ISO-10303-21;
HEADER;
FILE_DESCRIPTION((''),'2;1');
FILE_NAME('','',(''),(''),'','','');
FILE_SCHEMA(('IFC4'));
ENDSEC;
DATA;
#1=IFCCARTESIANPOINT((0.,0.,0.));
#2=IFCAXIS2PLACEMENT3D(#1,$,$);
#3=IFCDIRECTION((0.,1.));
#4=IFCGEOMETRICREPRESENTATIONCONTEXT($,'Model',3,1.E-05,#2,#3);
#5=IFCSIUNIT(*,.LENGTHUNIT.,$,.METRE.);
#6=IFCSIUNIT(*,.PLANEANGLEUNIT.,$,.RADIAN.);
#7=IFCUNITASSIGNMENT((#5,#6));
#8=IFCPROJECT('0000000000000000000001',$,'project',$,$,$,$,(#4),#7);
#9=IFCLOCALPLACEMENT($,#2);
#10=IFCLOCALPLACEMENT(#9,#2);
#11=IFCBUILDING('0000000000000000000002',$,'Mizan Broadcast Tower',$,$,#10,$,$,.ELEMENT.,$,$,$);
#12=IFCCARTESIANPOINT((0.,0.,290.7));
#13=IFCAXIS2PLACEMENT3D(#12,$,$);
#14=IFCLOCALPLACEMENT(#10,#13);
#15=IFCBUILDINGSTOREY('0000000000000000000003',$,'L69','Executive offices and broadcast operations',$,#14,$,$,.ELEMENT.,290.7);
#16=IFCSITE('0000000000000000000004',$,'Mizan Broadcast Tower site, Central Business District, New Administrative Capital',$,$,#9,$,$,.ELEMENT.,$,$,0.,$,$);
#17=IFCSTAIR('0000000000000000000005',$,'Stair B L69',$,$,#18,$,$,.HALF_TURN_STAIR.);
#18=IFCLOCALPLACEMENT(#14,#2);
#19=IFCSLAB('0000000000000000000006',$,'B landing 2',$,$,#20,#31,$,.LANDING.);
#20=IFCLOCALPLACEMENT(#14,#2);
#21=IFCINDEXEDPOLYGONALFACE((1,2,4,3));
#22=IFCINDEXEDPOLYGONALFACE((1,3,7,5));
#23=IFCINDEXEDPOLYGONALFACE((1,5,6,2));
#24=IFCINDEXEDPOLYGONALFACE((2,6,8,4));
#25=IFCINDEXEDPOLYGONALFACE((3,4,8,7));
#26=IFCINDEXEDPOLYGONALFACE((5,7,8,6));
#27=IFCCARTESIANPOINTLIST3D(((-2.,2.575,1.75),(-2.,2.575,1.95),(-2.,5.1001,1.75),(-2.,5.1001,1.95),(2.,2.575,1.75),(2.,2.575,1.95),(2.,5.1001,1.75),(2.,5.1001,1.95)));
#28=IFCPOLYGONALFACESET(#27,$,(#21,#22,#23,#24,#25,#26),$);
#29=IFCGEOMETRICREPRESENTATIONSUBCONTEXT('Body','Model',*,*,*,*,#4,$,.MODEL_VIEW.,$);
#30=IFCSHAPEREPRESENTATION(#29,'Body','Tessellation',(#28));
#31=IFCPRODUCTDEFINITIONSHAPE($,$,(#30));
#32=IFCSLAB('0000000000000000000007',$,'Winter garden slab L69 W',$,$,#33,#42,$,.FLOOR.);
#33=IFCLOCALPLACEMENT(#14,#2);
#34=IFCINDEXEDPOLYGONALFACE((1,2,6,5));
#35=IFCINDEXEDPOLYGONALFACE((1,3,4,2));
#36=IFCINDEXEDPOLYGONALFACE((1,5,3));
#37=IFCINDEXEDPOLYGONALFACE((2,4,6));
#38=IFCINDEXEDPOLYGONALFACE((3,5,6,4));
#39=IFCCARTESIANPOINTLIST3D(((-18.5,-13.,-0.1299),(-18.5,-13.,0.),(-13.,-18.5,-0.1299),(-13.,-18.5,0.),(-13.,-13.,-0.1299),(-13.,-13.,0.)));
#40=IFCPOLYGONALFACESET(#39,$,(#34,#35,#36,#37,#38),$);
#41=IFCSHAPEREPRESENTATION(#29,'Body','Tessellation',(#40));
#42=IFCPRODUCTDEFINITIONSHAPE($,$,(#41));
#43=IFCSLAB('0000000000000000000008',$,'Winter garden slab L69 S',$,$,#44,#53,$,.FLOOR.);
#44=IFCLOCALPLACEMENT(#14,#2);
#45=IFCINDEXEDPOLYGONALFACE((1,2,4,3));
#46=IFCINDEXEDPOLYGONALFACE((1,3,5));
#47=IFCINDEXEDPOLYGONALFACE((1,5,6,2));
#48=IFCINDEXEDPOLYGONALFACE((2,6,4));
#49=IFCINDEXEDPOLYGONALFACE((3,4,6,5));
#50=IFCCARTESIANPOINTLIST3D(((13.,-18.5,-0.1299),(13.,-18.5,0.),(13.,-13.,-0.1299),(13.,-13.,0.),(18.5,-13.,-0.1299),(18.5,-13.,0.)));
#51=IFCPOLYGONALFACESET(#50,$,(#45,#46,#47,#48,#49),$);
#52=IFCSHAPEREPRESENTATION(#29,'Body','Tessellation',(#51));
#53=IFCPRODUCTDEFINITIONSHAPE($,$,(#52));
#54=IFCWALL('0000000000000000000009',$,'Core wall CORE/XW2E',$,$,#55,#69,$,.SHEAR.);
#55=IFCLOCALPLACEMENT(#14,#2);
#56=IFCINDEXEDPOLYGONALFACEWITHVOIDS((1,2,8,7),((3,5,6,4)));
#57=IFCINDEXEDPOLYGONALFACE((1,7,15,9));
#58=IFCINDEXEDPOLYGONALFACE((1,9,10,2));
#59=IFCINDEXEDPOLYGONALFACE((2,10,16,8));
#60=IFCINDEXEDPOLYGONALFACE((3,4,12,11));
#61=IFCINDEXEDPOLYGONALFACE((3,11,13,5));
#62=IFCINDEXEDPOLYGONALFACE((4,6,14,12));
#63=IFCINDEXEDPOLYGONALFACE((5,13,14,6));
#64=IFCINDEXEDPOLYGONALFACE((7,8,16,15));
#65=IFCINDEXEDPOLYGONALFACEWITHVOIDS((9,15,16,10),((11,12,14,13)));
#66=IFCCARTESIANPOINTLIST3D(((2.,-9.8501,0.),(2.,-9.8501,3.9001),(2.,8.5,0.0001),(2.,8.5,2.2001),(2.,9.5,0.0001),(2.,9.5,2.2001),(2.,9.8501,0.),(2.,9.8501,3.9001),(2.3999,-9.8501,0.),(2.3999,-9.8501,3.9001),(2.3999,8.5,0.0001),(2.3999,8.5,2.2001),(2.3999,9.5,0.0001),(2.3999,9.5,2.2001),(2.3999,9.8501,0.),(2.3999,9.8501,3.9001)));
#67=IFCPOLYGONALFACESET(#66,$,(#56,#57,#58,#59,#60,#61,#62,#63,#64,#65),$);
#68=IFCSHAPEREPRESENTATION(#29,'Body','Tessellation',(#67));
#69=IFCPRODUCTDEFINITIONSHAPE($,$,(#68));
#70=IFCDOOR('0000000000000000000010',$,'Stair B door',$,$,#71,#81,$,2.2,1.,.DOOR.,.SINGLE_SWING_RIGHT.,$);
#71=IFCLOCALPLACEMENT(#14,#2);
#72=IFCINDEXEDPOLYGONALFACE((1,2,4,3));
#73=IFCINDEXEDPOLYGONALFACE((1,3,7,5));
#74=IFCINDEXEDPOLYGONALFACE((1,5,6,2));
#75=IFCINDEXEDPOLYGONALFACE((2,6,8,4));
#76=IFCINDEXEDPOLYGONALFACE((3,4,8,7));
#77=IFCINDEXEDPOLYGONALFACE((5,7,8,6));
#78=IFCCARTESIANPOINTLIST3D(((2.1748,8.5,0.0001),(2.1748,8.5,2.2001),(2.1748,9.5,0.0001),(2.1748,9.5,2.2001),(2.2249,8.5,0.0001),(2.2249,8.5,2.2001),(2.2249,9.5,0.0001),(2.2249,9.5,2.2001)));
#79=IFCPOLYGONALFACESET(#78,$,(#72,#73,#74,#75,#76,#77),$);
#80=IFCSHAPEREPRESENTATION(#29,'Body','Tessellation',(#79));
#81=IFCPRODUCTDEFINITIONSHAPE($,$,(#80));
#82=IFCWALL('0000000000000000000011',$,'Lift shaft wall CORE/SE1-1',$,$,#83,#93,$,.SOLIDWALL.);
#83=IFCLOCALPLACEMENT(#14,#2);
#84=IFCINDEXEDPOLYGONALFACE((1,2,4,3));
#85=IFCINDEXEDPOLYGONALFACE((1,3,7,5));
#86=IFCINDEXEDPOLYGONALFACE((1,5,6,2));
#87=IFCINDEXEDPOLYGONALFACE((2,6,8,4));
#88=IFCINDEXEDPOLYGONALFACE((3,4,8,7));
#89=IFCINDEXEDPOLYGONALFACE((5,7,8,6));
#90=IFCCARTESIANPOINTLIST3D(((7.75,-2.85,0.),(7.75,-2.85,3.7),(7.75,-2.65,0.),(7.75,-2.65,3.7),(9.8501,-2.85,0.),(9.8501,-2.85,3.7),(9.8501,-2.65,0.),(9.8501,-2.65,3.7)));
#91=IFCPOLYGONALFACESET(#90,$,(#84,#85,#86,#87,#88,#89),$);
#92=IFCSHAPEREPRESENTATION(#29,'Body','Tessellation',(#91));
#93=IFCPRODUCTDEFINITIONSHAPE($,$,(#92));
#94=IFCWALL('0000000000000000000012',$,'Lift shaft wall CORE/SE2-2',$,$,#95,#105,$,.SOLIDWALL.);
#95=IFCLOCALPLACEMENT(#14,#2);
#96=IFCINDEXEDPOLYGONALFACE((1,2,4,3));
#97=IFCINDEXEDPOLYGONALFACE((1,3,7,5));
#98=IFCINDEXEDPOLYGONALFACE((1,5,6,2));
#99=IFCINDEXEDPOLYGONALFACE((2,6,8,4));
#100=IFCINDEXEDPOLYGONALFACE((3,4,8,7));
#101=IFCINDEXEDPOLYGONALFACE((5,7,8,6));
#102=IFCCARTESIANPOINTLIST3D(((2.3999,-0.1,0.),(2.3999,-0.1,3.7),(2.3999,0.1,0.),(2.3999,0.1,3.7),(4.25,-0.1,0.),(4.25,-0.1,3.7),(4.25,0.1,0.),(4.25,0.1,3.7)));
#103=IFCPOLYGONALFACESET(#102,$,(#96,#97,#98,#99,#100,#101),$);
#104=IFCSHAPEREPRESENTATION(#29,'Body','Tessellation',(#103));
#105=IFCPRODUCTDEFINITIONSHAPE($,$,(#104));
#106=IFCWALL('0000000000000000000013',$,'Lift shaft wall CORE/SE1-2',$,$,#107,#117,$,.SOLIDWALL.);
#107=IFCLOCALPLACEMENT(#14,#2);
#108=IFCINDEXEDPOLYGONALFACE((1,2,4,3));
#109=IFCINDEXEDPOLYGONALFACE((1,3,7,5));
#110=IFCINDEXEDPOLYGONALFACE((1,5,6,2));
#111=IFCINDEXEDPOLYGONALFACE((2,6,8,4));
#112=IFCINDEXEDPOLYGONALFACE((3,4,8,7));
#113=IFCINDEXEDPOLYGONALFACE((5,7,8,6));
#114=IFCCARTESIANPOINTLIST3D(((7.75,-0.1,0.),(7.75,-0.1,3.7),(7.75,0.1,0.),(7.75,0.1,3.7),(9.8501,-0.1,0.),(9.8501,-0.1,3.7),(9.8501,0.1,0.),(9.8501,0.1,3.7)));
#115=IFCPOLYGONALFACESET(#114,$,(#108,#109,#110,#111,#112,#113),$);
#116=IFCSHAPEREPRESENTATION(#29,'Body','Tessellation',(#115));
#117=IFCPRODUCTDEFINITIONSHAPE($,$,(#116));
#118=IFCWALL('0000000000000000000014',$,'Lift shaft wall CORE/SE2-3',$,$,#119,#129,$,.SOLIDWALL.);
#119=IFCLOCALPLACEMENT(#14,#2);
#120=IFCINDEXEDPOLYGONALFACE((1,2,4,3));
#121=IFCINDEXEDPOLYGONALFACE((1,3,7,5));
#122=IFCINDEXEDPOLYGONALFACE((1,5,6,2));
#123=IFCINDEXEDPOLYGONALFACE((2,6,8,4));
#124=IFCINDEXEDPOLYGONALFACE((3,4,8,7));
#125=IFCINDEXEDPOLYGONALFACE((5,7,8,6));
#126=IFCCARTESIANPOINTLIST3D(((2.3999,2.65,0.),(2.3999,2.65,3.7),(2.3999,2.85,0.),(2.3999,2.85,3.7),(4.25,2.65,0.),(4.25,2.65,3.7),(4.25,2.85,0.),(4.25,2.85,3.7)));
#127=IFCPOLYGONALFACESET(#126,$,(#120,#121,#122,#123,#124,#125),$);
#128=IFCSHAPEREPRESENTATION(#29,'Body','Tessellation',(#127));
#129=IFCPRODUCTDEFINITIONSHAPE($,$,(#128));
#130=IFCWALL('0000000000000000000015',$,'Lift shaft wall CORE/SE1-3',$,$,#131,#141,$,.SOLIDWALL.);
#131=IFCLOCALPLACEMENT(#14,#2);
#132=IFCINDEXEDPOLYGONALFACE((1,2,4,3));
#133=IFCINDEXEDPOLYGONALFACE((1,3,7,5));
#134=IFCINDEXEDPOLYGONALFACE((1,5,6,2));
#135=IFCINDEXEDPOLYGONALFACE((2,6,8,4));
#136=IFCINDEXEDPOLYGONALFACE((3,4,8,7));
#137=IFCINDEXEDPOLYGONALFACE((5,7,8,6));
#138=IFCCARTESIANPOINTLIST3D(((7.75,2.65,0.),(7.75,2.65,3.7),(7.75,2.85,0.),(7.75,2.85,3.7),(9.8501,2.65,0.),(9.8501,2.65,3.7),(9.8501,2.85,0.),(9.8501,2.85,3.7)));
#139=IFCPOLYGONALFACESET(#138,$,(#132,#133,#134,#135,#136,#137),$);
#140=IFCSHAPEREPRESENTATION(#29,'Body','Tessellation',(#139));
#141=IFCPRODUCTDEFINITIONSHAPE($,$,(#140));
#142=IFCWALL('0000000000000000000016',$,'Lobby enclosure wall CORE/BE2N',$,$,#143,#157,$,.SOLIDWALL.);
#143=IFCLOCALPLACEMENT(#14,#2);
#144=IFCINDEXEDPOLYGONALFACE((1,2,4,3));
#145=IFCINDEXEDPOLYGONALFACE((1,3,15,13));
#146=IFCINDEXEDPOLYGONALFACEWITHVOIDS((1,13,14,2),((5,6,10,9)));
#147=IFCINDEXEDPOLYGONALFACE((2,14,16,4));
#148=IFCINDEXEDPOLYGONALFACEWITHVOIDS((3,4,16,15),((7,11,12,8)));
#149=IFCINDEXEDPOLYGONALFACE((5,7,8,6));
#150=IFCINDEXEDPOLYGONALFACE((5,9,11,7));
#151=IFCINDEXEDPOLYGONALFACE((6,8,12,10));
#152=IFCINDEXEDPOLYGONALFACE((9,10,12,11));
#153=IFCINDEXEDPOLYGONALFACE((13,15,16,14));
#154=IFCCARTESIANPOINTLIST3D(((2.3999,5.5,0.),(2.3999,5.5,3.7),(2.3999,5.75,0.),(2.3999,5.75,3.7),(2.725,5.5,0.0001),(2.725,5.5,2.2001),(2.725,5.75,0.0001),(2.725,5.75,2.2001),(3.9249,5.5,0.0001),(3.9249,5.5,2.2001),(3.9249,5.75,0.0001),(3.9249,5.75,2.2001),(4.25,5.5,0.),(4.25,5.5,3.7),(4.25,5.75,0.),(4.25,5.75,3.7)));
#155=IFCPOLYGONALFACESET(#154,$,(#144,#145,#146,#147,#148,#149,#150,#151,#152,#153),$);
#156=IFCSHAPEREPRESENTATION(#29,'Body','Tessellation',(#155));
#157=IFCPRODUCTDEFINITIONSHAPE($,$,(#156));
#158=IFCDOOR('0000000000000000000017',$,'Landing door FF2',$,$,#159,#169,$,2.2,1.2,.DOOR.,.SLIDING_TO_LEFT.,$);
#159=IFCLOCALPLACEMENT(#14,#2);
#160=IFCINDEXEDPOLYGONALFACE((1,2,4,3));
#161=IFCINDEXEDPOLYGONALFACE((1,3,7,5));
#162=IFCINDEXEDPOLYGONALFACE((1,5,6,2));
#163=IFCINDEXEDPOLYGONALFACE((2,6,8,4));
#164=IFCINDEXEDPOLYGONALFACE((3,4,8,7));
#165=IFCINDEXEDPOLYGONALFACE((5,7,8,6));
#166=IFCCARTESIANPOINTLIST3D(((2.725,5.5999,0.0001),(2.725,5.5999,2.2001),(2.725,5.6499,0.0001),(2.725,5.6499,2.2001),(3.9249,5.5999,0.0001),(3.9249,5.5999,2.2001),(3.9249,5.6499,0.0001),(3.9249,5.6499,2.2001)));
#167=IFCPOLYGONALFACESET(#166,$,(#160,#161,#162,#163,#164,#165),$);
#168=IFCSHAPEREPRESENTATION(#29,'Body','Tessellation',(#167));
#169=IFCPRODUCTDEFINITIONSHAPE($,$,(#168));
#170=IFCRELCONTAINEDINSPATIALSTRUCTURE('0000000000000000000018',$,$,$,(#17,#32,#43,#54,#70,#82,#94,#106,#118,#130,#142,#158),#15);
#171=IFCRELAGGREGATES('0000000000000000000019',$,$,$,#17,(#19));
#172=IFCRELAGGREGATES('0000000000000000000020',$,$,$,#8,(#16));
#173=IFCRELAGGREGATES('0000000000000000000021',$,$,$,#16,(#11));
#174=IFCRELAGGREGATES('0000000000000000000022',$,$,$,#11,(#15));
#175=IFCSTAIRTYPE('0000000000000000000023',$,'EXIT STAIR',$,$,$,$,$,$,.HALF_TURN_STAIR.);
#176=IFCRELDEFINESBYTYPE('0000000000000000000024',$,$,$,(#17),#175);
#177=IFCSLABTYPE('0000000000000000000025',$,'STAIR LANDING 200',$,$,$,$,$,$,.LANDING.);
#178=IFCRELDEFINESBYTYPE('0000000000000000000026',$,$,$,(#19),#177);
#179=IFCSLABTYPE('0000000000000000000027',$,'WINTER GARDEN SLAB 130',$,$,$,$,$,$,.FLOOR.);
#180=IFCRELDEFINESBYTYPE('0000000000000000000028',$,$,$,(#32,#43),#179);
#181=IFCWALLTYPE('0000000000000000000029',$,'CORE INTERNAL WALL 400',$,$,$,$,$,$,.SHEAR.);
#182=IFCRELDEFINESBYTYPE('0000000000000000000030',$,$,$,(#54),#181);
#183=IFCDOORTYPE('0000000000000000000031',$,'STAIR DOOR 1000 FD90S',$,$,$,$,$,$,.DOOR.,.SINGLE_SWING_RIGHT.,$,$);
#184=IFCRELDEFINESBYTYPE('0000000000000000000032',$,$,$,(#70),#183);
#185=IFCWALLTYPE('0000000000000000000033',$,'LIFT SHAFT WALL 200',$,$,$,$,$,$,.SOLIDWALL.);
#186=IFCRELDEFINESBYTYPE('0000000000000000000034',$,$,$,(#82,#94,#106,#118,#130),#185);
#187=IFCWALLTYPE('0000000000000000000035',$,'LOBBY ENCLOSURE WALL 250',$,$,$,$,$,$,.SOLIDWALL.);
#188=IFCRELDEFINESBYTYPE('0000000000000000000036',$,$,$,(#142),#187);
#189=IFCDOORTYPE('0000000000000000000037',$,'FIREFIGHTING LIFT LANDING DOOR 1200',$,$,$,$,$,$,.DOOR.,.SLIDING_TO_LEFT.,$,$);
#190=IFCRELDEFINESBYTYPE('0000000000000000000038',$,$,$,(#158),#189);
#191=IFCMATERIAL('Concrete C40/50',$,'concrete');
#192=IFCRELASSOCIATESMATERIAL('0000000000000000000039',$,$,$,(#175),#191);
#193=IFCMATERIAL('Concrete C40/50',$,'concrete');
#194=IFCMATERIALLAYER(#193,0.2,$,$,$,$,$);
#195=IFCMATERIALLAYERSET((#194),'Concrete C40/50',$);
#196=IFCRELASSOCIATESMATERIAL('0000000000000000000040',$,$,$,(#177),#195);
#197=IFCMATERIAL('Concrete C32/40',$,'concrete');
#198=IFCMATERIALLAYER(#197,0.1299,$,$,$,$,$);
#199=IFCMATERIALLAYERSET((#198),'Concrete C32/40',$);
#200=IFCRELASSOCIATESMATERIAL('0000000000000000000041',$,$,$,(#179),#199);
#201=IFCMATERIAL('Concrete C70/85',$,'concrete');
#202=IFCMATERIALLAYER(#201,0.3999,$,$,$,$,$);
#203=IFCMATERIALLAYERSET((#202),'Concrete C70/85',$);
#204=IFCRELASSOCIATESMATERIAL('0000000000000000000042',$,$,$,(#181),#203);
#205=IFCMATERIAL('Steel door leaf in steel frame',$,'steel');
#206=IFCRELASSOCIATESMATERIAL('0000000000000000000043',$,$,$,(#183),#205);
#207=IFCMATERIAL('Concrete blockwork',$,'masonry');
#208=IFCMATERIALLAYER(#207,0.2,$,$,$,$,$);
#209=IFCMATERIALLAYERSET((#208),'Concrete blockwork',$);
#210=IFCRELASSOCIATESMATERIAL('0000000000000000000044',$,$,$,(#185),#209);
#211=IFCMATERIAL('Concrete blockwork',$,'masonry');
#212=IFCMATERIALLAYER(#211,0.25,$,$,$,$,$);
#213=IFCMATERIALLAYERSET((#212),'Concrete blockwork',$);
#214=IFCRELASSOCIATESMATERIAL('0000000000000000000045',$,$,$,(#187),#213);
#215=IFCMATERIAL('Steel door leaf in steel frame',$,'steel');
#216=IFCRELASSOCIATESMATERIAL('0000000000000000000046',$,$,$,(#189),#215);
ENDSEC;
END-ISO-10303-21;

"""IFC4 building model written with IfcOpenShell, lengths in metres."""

from ifc_helpers import new_model, si_unit, direction, frame, frame_2d, origin, place, context, subcontext, project, spatial, polyline, rectangle, outline, extrude, material, layer, layer_set, type_object, element, fill, aggregate, save


model = new_model("IFC4")

# Units and contexts
model_context = context("Model", 3, precision=1e-05, world=origin(), true_north=direction((0.0, 1.0)))
body_context = subcontext(model_context, "Body", "Model", "MODEL_VIEW")
ifc_project = project(units=[si_unit("LENGTHUNIT", "METRE"), si_unit("PLANEANGLEUNIT", "RADIAN")], contexts=[model_context])

# Site, building, storey
site_placement = place(None, origin())
site = spatial("IfcSite", under=ifc_project, at=site_placement, Name="Mizan Broadcast Tower site, Central Business District, New Administrative Capital", CompositionType="ELEMENT", RefElevation=0.0)
building_placement = place(site_placement, origin())
building = spatial("IfcBuilding", under=site, at=building_placement, Name="Mizan Broadcast Tower", CompositionType="ELEMENT")
storey_placement = place(building_placement, frame((0.0, 0.0, 290.7)))
storey = spatial("IfcBuildingStorey", under=building, at=storey_placement, Name="L69", Description="Executive offices and broadcast operations", CompositionType="ELEMENT", Elevation=290.7)

# Stair, slab
ifc_material_1 = material(Name="Concrete C40/50", Category="concrete")
stair_type = type_object("IfcStairType", Name="EXIT STAIR", PredefinedType="HALF_TURN_STAIR", material=ifc_material_1)
ifc_material_2 = material(Name="Concrete C40/50", Category="concrete")
ifc_layer_1 = layer(ifc_material_2, 0.2)
ifc_layer_set_1 = layer_set([ifc_layer_1], Name="Concrete C40/50")
slab_type_1 = type_object("IfcSlabType", Name="STAIR LANDING 200", PredefinedType="LANDING", material=ifc_layer_set_1)
stair_1_placement = place(storey_placement, origin())
stair_1 = element("IfcStair", 1, at=stair_1_placement, inside=storey, type_object=stair_type, Name="Stair B L69", PredefinedType="HALF_TURN_STAIR")
slab_1_placement = place(storey_placement, frame((0.0, 0.0, 1.75)))
slab_1 = element("IfcSlab", 2, at=slab_1_placement, type_object=slab_type_1, Name="B landing 2", PredefinedType="LANDING", context=body_context, shape_type="SweptSolid", body=[
    extrude(outline(polyline([(2.0, 5.1001), (2.0, 2.575), (-2.0, 2.575), (-2.0, 5.1001), (2.0, 5.1001)])), origin(), (0.0, 0.0, 1.0), 0.2),
])

# Slabs
ifc_material_3 = material(Name="Concrete C32/40", Category="concrete")
ifc_layer_2 = layer(ifc_material_3, 0.1299)
ifc_layer_set_2 = layer_set([ifc_layer_2], Name="Concrete C32/40")
slab_type_2 = type_object("IfcSlabType", Name="WINTER GARDEN SLAB 130", PredefinedType="FLOOR", material=ifc_layer_set_2)
slab_2_placement = place(storey_placement, frame((0.0, 0.0, -0.1299)))
element("IfcSlab", 3, at=slab_2_placement, inside=storey, type_object=slab_type_2, Name="Winter garden slab L69 W", PredefinedType="FLOOR", context=body_context, shape_type="SweptSolid", body=[
    extrude(outline(polyline([(-13.0, -13.0), (-18.5, -13.0), (-13.0, -18.5), (-13.0, -13.0)])), origin(), (0.0, 0.0, 1.0), 0.1299),
])
slab_3_placement = place(storey_placement, frame((0.0, 0.0, -0.1299)))
element("IfcSlab", 4, at=slab_3_placement, inside=storey, type_object=slab_type_2, Name="Winter garden slab L69 S", PredefinedType="FLOOR", context=body_context, shape_type="SweptSolid", body=[
    extrude(outline(polyline([(13.0, -13.0), (13.0, -18.5), (18.5, -13.0), (13.0, -13.0)])), origin(), (0.0, 0.0, 1.0), 0.1299),
])

# Wall, opening, door
ifc_material_4 = material(Name="Concrete C70/85", Category="concrete")
ifc_layer_3 = layer(ifc_material_4, 0.3999)
ifc_layer_set_3 = layer_set([ifc_layer_3], Name="Concrete C70/85")
wall_type_1 = type_object("IfcWallType", Name="CORE INTERNAL WALL 400", PredefinedType="SHEAR", material=ifc_layer_set_3)
wall_1_placement = place(storey_placement, frame((2.2, 9.8501, 0.0), z_axis=(0.0, 0.0, 1.0), x_axis=(0.0, -1.0, 0.0)))
wall_1 = element("IfcWall", 5, at=wall_1_placement, inside=storey, type_object=wall_type_1, Name="Core wall CORE/XW2E", PredefinedType="SHEAR", context=body_context, shape_type="SweptSolid", body=[
    extrude(rectangle(XDim=19.7002, YDim=0.3999, at=frame_2d((9.8501, 0.0))), origin(), (0.0, 0.0, 1.0), 3.9001),
])
opening_1_placement = place(wall_1_placement, frame((0.3501, 0.0, 0.0)))
opening_1 = element("IfcOpeningElement", 6, at=opening_1_placement, cuts=wall_1, PredefinedType="OPENING", context=body_context, shape_type="SweptSolid", body=[
    extrude(rectangle(XDim=1.0, YDim=2.2, at=frame_2d((0.5, 1.1001))), frame((0.0, 0.21, 0.0), z_axis=(0.0, -1.0, 0.0), x_axis=(1.0, 0.0, 0.0)), (0.0, 0.0, 1.0), 0.4199),
])
ifc_material_5 = material(Name="Steel door leaf in steel frame", Category="steel")
door_type_1 = type_object("IfcDoorType", Name="STAIR DOOR 1000 FD90S", OperationType="SINGLE_SWING_RIGHT", PredefinedType="DOOR", material=ifc_material_5)
door_1_placement = place(opening_1_placement, origin())
door_1 = element("IfcDoor", 7, at=door_1_placement, inside=storey, type_object=door_type_1, Name="Stair B door", OperationType="SINGLE_SWING_RIGHT", OverallHeight=2.2, OverallWidth=1.0, PredefinedType="DOOR", context=body_context, shape_type="SweptSolid", body=[
    extrude(rectangle(XDim=1.0, YDim=2.2, at=frame_2d((0.5, 1.1001))), frame((0.0, 0.0249, 0.0), z_axis=(0.0, -1.0, 0.0), x_axis=(1.0, 0.0, 0.0)), (0.0, 0.0, 1.0), 0.05),
])
fill(opening_1, door_1)

# Walls
ifc_material_6 = material(Name="Concrete blockwork", Category="masonry")
ifc_layer_4 = layer(ifc_material_6, 0.2)
ifc_layer_set_4 = layer_set([ifc_layer_4], Name="Concrete blockwork")
wall_type_2 = type_object("IfcWallType", Name="LIFT SHAFT WALL 200", PredefinedType="SOLIDWALL", material=ifc_layer_set_4)
wall_2_placement = place(storey_placement, frame((7.75, -2.75, 0.0), z_axis=(0.0, 0.0, 1.0), x_axis=(1.0, 0.0, 0.0)))
element("IfcWall", 8, at=wall_2_placement, inside=storey, type_object=wall_type_2, Name="Lift shaft wall CORE/SE1-1", PredefinedType="SOLIDWALL", context=body_context, shape_type="SweptSolid", body=[
    extrude(rectangle(XDim=2.1001, YDim=0.2, at=frame_2d((1.05, 0.0))), origin(), (0.0, 0.0, 1.0), 3.7),
])
wall_3_placement = place(storey_placement, frame((2.3999, 0.0, 0.0), z_axis=(0.0, 0.0, 1.0), x_axis=(1.0, 0.0, 0.0)))
element("IfcWall", 9, at=wall_3_placement, inside=storey, type_object=wall_type_2, Name="Lift shaft wall CORE/SE2-2", PredefinedType="SOLIDWALL", context=body_context, shape_type="SweptSolid", body=[
    extrude(rectangle(XDim=1.8501, YDim=0.2, at=frame_2d((0.925, 0.0))), origin(), (0.0, 0.0, 1.0), 3.7),
])
wall_4_placement = place(storey_placement, frame((7.75, 0.0, 0.0), z_axis=(0.0, 0.0, 1.0), x_axis=(1.0, 0.0, 0.0)))
element("IfcWall", 10, at=wall_4_placement, inside=storey, type_object=wall_type_2, Name="Lift shaft wall CORE/SE1-2", PredefinedType="SOLIDWALL", context=body_context, shape_type="SweptSolid", body=[
    extrude(rectangle(XDim=2.1001, YDim=0.2, at=frame_2d((1.05, 0.0))), origin(), (0.0, 0.0, 1.0), 3.7),
])
wall_5_placement = place(storey_placement, frame((2.3999, 2.75, 0.0), z_axis=(0.0, 0.0, 1.0), x_axis=(1.0, 0.0, 0.0)))
element("IfcWall", 11, at=wall_5_placement, inside=storey, type_object=wall_type_2, Name="Lift shaft wall CORE/SE2-3", PredefinedType="SOLIDWALL", context=body_context, shape_type="SweptSolid", body=[
    extrude(rectangle(XDim=1.8501, YDim=0.2, at=frame_2d((0.925, 0.0))), origin(), (0.0, 0.0, 1.0), 3.7),
])
wall_6_placement = place(storey_placement, frame((7.75, 2.75, 0.0), z_axis=(0.0, 0.0, 1.0), x_axis=(1.0, 0.0, 0.0)))
element("IfcWall", 12, at=wall_6_placement, inside=storey, type_object=wall_type_2, Name="Lift shaft wall CORE/SE1-3", PredefinedType="SOLIDWALL", context=body_context, shape_type="SweptSolid", body=[
    extrude(rectangle(XDim=2.1001, YDim=0.2, at=frame_2d((1.05, 0.0))), origin(), (0.0, 0.0, 1.0), 3.7),
])

# Wall, opening, door
ifc_material_7 = material(Name="Concrete blockwork", Category="masonry")
ifc_layer_5 = layer(ifc_material_7, 0.25)
ifc_layer_set_5 = layer_set([ifc_layer_5], Name="Concrete blockwork")
wall_type_3 = type_object("IfcWallType", Name="LOBBY ENCLOSURE WALL 250", PredefinedType="SOLIDWALL", material=ifc_layer_set_5)
wall_7_placement = place(storey_placement, frame((2.3999, 5.625, 0.0), z_axis=(0.0, 0.0, 1.0), x_axis=(1.0, 0.0, 0.0)))
wall_7 = element("IfcWall", 13, at=wall_7_placement, inside=storey, type_object=wall_type_3, Name="Lobby enclosure wall CORE/BE2N", PredefinedType="SOLIDWALL", context=body_context, shape_type="SweptSolid", body=[
    extrude(rectangle(XDim=1.8501, YDim=0.25, at=frame_2d((0.925, 0.0))), origin(), (0.0, 0.0, 1.0), 3.7),
])
opening_2_placement = place(wall_7_placement, frame((0.325, 0.0, 0.0)))
opening_2 = element("IfcOpeningElement", 14, at=opening_2_placement, cuts=wall_7, PredefinedType="OPENING", context=body_context, shape_type="SweptSolid", body=[
    extrude(rectangle(XDim=1.2, YDim=2.2, at=frame_2d((0.6001, 1.1001))), frame((0.0, 0.135, 0.0), z_axis=(0.0, -1.0, 0.0), x_axis=(1.0, 0.0, 0.0)), (0.0, 0.0, 1.0), 0.27),
])
ifc_material_8 = material(Name="Steel door leaf in steel frame", Category="steel")
door_type_2 = type_object("IfcDoorType", Name="FIREFIGHTING LIFT LANDING DOOR 1200", OperationType="SLIDING_TO_LEFT", PredefinedType="DOOR", material=ifc_material_8)
door_2_placement = place(opening_2_placement, origin())
door_2 = element("IfcDoor", 15, at=door_2_placement, inside=storey, type_object=door_type_2, Name="Landing door FF2", OperationType="SLIDING_TO_LEFT", OverallHeight=2.2, OverallWidth=1.2, PredefinedType="DOOR", context=body_context, shape_type="SweptSolid", body=[
    extrude(rectangle(XDim=1.2, YDim=2.2, at=frame_2d((0.6001, 1.1001))), frame((0.0, 0.0249, 0.0), z_axis=(0.0, -1.0, 0.0), x_axis=(1.0, 0.0, 0.0)), (0.0, 0.0, 1.0), 0.05),
])
fill(opening_2, door_2)

aggregate(stair_1, [slab_1])

save(model, "model.ifc")
